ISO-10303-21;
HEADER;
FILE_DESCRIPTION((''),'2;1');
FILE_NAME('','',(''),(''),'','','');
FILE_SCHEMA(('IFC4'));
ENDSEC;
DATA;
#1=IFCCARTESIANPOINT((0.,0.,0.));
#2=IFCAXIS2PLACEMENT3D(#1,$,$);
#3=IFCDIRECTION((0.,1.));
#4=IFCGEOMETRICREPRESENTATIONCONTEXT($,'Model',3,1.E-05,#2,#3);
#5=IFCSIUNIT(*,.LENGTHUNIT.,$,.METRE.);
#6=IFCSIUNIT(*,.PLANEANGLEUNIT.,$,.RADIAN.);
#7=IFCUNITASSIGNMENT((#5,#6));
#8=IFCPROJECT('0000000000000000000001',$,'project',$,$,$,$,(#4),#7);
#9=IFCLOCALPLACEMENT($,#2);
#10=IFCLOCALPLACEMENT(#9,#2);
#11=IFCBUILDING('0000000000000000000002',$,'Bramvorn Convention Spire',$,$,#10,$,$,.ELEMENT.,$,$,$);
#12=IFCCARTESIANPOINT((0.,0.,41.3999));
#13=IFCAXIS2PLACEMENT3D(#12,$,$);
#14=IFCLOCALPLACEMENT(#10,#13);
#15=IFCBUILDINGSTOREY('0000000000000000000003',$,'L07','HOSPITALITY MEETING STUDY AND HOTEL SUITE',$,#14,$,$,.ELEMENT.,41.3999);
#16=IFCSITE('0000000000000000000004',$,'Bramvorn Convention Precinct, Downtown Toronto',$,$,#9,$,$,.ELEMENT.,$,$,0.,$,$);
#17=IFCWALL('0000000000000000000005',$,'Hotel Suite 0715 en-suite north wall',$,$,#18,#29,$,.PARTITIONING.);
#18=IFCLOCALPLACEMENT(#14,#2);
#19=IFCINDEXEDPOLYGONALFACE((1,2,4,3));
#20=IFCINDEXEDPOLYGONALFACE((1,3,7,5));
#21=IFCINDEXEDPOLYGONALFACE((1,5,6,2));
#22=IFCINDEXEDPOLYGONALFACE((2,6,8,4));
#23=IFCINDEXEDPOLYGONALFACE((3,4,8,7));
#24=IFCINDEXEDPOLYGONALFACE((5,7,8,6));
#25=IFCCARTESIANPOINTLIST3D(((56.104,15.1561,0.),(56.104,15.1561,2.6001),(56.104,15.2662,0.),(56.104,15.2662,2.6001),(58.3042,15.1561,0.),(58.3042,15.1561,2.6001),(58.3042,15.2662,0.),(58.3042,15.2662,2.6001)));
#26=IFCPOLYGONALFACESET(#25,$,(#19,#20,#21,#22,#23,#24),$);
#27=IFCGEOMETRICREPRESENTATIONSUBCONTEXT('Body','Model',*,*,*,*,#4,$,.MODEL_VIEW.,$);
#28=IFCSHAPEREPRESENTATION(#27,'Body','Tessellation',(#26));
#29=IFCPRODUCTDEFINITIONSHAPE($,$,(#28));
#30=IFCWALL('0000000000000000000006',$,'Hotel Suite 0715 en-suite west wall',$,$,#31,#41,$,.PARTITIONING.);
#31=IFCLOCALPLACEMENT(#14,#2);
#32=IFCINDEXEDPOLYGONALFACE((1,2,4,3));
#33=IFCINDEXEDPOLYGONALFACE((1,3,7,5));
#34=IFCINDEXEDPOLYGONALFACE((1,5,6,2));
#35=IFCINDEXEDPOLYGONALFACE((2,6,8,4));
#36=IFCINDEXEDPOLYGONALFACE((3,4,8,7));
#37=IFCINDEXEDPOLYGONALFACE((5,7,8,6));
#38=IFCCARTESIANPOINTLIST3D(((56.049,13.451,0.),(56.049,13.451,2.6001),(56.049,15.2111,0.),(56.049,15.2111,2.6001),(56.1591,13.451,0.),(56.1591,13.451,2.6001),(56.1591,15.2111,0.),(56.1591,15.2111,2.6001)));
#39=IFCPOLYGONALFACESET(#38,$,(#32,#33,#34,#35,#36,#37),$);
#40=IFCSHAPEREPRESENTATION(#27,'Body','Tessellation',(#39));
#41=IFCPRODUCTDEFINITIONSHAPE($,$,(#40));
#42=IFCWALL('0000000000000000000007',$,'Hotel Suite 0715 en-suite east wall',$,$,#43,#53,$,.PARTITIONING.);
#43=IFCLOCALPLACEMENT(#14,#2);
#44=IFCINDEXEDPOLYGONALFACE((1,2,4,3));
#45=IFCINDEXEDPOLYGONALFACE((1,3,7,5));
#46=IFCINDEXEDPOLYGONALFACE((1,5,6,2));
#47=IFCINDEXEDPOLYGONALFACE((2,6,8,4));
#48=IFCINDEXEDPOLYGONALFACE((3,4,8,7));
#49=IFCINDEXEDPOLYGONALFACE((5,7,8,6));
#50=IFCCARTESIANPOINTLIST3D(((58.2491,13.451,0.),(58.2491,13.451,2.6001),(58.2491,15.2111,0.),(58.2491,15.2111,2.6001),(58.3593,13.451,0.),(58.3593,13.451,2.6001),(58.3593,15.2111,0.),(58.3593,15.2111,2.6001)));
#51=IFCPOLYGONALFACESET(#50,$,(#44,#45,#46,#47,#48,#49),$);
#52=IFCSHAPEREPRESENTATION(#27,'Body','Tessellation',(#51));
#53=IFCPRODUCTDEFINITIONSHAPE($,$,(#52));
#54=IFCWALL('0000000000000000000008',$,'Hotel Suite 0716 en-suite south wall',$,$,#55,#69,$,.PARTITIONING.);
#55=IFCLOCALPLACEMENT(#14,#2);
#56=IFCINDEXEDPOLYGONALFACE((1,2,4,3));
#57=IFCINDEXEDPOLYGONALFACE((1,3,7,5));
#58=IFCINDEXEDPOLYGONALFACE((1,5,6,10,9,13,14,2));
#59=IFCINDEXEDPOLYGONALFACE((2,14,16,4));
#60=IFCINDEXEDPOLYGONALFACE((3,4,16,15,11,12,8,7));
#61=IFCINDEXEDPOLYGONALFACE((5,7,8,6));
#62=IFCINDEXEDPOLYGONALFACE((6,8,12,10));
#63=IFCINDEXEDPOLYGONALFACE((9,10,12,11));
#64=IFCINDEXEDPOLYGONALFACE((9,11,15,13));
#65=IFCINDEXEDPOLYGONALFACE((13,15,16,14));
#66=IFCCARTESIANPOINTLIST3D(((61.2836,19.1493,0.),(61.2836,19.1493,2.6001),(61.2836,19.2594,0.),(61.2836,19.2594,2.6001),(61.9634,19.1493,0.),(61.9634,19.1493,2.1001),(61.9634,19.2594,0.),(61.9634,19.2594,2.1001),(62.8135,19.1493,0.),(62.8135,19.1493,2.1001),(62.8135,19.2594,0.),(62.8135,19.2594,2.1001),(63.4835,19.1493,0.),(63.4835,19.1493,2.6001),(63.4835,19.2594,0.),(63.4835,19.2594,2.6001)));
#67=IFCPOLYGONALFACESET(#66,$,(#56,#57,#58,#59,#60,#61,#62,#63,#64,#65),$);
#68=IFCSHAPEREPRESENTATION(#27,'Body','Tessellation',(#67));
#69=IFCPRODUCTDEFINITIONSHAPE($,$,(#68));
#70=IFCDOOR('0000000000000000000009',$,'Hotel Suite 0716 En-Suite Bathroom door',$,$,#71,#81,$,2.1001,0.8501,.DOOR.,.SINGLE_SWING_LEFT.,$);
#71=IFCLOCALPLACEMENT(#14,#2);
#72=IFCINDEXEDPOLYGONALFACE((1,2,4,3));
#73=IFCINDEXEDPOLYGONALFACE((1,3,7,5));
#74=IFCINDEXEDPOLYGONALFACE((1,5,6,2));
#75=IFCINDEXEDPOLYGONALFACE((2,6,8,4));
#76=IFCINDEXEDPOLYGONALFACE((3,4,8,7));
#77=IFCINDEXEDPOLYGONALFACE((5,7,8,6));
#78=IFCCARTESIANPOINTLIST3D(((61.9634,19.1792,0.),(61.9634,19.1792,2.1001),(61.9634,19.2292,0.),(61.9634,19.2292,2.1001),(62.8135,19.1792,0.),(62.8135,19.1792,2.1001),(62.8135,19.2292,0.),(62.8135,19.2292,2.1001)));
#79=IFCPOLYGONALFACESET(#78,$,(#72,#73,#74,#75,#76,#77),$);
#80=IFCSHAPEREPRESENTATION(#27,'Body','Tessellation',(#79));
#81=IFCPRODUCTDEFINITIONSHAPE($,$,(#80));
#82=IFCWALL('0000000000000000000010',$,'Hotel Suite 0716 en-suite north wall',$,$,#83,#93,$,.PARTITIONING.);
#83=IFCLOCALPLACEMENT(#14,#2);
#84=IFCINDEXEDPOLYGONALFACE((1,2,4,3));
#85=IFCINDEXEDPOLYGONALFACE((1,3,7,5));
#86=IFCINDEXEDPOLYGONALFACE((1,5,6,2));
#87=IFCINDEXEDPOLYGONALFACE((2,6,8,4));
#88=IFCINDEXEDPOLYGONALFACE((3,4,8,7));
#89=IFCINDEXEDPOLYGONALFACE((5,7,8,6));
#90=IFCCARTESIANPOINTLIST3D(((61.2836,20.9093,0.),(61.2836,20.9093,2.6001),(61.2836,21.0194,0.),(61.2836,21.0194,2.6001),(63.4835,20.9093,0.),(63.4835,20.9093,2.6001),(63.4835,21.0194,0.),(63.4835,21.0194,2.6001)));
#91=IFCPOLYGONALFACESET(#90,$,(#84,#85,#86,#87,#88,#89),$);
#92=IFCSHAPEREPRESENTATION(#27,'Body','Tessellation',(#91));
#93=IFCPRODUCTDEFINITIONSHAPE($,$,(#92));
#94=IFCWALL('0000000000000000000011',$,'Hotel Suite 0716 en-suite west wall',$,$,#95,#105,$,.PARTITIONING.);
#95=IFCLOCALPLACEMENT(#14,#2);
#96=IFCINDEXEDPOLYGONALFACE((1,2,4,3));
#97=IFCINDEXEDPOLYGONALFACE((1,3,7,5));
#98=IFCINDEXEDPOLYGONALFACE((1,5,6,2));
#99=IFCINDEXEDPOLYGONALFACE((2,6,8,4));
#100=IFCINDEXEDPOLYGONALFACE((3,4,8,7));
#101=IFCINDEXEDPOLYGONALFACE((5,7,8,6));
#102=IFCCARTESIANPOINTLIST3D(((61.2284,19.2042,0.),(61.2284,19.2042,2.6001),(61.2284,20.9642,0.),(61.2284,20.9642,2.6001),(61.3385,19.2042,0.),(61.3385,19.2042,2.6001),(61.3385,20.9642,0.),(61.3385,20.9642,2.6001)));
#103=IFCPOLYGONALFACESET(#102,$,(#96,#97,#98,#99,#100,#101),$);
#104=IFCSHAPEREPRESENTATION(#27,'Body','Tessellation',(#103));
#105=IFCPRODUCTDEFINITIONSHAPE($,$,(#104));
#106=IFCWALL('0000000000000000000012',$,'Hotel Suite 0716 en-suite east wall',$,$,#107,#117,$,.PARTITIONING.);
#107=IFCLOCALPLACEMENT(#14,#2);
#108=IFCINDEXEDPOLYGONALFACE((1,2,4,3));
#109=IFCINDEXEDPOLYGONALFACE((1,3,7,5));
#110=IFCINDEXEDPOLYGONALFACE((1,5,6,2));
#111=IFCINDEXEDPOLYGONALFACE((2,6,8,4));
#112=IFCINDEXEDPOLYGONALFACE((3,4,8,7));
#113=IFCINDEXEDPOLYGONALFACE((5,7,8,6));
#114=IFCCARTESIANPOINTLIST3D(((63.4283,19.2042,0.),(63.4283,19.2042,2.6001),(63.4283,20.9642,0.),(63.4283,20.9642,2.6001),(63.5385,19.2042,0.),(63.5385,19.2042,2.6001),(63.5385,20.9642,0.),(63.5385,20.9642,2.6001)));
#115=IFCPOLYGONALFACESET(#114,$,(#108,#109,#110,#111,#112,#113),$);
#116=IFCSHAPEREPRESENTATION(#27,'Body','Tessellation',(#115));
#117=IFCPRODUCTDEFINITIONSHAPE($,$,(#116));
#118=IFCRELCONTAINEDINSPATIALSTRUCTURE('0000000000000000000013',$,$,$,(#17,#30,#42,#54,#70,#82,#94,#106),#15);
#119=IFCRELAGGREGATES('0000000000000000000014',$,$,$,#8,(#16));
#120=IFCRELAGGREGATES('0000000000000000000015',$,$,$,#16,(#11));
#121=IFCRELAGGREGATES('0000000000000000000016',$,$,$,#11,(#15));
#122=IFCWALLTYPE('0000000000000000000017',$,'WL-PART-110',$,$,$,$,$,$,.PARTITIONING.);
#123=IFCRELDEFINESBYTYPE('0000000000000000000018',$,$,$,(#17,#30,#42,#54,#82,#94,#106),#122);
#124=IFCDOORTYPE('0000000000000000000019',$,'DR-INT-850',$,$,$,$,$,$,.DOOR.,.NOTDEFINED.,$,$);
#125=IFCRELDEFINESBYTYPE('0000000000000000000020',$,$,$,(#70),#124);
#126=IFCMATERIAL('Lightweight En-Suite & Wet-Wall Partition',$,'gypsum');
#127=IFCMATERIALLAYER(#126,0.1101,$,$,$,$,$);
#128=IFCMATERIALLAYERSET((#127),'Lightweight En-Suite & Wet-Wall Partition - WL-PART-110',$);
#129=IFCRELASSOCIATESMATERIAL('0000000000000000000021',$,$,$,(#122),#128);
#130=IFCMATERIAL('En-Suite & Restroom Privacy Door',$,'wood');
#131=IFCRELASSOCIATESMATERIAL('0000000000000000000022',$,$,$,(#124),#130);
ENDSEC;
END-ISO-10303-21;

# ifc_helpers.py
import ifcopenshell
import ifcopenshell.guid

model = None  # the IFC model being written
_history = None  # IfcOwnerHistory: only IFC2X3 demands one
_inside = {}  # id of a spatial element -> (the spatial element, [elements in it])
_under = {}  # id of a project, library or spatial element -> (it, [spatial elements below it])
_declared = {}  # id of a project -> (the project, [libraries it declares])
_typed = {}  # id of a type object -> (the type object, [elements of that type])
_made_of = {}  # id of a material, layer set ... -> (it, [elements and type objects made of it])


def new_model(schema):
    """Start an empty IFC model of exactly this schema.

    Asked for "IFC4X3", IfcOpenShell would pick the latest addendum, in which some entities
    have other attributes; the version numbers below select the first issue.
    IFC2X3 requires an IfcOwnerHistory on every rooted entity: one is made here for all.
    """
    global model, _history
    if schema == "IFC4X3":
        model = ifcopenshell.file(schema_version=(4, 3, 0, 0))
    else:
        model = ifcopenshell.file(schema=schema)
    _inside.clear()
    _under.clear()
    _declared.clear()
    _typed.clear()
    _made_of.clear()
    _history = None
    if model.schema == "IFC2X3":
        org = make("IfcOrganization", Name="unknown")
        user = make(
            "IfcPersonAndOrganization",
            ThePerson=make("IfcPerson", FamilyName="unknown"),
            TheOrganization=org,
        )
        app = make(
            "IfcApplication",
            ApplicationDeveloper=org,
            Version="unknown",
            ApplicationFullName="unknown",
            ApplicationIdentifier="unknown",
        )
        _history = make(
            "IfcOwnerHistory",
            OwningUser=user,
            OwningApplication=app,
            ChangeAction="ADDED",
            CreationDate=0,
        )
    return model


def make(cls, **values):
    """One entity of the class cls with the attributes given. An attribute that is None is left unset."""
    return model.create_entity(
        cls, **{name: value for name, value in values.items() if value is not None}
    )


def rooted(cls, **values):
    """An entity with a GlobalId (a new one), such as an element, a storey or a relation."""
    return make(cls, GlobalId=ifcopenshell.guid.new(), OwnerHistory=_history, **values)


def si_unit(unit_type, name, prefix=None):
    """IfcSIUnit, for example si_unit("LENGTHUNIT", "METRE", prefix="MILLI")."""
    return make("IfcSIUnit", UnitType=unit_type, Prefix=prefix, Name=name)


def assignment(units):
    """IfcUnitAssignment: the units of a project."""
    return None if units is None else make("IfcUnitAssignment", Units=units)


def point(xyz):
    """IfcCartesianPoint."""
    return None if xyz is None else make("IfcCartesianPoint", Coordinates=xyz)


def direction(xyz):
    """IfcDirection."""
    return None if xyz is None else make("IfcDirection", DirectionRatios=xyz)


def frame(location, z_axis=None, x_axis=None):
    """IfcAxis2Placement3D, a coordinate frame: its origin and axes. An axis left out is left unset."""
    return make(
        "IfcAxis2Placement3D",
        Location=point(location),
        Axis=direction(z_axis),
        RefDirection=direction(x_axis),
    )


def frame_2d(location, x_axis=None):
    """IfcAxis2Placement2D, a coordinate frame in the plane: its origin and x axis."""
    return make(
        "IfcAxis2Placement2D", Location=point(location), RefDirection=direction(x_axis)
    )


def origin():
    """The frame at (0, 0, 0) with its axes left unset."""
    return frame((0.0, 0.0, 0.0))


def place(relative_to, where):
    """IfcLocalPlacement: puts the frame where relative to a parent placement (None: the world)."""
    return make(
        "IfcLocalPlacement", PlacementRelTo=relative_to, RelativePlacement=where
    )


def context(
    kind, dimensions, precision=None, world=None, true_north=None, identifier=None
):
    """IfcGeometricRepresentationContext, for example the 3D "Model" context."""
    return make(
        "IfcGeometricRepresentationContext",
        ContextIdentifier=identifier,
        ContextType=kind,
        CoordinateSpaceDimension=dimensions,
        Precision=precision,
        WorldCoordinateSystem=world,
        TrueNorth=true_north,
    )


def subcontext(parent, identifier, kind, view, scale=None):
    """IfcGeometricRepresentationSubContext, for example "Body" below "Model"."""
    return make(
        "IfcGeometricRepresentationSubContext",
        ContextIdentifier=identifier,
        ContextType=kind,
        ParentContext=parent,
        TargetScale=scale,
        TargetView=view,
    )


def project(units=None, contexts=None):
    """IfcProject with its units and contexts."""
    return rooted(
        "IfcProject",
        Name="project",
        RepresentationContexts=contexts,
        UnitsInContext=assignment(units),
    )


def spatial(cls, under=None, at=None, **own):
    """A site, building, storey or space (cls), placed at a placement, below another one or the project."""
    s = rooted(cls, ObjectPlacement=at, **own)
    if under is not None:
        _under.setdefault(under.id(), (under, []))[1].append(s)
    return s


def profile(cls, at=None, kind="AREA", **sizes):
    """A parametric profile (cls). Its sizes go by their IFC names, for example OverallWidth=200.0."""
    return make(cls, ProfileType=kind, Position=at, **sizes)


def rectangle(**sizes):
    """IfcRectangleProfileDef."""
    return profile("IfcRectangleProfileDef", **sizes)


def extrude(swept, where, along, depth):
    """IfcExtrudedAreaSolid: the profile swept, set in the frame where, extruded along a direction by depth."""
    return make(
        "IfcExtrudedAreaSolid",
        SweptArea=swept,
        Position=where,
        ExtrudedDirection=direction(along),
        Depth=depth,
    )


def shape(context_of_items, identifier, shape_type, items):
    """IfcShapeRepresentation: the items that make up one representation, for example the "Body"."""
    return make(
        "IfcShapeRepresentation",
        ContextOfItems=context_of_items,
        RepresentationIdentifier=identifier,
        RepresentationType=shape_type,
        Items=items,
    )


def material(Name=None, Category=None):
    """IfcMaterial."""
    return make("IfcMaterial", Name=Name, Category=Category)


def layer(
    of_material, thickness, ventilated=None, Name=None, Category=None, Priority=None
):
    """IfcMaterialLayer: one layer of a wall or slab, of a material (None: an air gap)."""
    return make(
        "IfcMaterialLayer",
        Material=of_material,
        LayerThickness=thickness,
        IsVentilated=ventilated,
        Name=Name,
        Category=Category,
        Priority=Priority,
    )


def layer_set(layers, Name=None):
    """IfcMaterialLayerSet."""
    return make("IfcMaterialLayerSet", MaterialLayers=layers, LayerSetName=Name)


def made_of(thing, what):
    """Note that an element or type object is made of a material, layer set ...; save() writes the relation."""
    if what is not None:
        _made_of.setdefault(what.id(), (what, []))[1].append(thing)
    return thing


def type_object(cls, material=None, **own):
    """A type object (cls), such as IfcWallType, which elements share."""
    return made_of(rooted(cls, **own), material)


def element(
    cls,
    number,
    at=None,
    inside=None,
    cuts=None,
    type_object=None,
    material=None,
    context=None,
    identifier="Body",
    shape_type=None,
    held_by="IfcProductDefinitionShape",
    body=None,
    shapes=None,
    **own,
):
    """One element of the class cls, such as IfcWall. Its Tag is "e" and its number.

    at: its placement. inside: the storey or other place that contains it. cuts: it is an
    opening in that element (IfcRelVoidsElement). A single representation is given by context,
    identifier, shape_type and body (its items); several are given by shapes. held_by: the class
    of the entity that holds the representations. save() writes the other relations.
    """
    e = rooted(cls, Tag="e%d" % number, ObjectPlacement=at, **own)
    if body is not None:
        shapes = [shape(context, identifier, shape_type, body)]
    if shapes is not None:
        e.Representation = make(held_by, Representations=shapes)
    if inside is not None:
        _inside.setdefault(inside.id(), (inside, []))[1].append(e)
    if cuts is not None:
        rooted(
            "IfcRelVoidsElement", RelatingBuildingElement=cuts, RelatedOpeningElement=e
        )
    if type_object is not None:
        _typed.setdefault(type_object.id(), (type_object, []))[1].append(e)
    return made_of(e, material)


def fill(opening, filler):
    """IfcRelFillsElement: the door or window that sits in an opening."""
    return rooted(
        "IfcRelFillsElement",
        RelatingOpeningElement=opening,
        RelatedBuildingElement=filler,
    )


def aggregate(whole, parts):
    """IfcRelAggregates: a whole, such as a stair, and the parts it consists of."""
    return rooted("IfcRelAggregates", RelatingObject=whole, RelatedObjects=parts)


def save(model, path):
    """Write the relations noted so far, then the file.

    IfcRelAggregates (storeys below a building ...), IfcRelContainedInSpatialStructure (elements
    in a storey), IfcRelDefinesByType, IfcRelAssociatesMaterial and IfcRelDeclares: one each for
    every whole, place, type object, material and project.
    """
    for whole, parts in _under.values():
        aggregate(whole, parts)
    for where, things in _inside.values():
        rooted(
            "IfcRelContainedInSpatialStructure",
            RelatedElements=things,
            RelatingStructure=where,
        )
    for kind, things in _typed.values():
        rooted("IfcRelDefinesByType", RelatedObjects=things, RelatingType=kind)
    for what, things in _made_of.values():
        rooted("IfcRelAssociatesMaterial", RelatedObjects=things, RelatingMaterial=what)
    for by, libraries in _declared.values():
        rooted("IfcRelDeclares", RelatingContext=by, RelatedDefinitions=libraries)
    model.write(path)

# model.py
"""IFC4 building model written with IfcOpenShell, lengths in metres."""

from ifc_helpers import new_model, si_unit, direction, frame, frame_2d, origin, place, context, subcontext, project, spatial, rectangle, extrude, material, layer, layer_set, type_object, element, fill, save


model = new_model("IFC4")

# Units and contexts
model_context = context("Model", 3, precision=1e-05, world=origin(), true_north=direction((0.0, 1.0)))
body_context = subcontext(model_context, "Body", "Model", "MODEL_VIEW")
ifc_project = project(units=[si_unit("LENGTHUNIT", "METRE"), si_unit("PLANEANGLEUNIT", "RADIAN")], contexts=[model_context])

# Site, building, storey
site_placement = place(None, origin())
site = spatial("IfcSite", under=ifc_project, at=site_placement, Name="Bramvorn Convention Precinct, Downtown Toronto", CompositionType="ELEMENT", RefElevation=0.0)
building_placement = place(site_placement, origin())
building = spatial("IfcBuilding", under=site, at=building_placement, Name="Bramvorn Convention Spire", CompositionType="ELEMENT")
storey_placement = place(building_placement, frame((0.0, 0.0, 41.3999)))
storey = spatial("IfcBuildingStorey", under=building, at=storey_placement, Name="L07", Description="HOSPITALITY MEETING STUDY AND HOTEL SUITE", CompositionType="ELEMENT", Elevation=41.3999)

# Shared definitions
ifc_material_1 = material(Name="Lightweight En-Suite & Wet-Wall Partition", Category="gypsum")
ifc_layer_1 = layer(ifc_material_1, 0.1101)
ifc_layer_set_1 = layer_set([ifc_layer_1], Name="Lightweight En-Suite & Wet-Wall Partition - WL-PART-110")
wall_type_1 = type_object("IfcWallType", Name="WL-PART-110", PredefinedType="PARTITIONING", material=ifc_layer_set_1)
ifc_material_2 = material(Name="En-Suite & Restroom Privacy Door", Category="wood")
door_type = type_object("IfcDoorType", Name="DR-INT-850", OperationType="NOTDEFINED", PredefinedType="DOOR", material=ifc_material_2)

# Walls
wall_1_placement = place(storey_placement, frame((56.104, 15.2112, 0.0), z_axis=(0.0, 0.0, 1.0), x_axis=(1.0, 0.0, 0.0)))
element("IfcWall", 1, at=wall_1_placement, inside=storey, type_object=wall_type_1, Name="Hotel Suite 0715 en-suite north wall", PredefinedType="PARTITIONING", context=body_context, shape_type="SweptSolid", body=[
    extrude(rectangle(XDim=2.2002, YDim=0.1101, at=frame_2d((1.1001, 0.0))), origin(), (0.0, 0.0, 1.0), 2.6001),
])
for number, where, z_axis, x_axis, name in (
    (2, (56.104, 13.4512, 0.0), (0.0, 0.0, 1.0), (0.0, 1.0, 0.0), "Hotel Suite 0715 en-suite west wall"),
    (3, (58.3042, 13.4512, 0.0), (0.0, 0.0, 1.0), (0.0, 1.0, 0.0), "Hotel Suite 0715 en-suite east wall"),
):
    element("IfcWall", number, at=place(storey_placement, frame(where, z_axis=z_axis, x_axis=x_axis)), inside=storey, type_object=wall_type_1, Name=name, PredefinedType="PARTITIONING", context=body_context, shape_type="SweptSolid", body=[
        extrude(rectangle(XDim=1.76, YDim=0.1101, at=frame_2d((0.8799, 0.0))), origin(), (0.0, 0.0, 1.0), 2.6001),
    ])

# Wall, opening, door
wall_2_placement = place(storey_placement, frame((61.2834, 19.2043, 0.0), z_axis=(0.0, 0.0, 1.0), x_axis=(1.0, 0.0, 0.0)))
wall_2 = element("IfcWall", 4, at=wall_2_placement, inside=storey, type_object=wall_type_1, Name="Hotel Suite 0716 en-suite south wall", PredefinedType="PARTITIONING", context=body_context, shape_type="SweptSolid", body=[
    extrude(rectangle(XDim=2.2, YDim=0.1101, at=frame_2d((1.1001, 0.0))), origin(), (0.0, 0.0, 1.0), 2.6001),
])
opening_1_placement = place(wall_2_placement, frame((0.6799, 0.0, 0.0)))
opening_1 = element("IfcOpeningElement", 5, at=opening_1_placement, cuts=wall_2, PredefinedType="OPENING", context=body_context, shape_type="SweptSolid", body=[
    extrude(rectangle(XDim=0.8501, YDim=2.1001, at=frame_2d((0.425, 1.05))), frame((0.0, 0.0649, 0.0), z_axis=(0.0, -1.0, 0.0), x_axis=(1.0, 0.0, 0.0)), (0.0, 0.0, 1.0), 0.1301),
])
door_1_placement = place(opening_1_placement, origin())
door_1 = element("IfcDoor", 6, at=door_1_placement, inside=storey, type_object=door_type, Name="Hotel Suite 0716 En-Suite Bathroom door", OperationType="SINGLE_SWING_LEFT", OverallHeight=2.1001, OverallWidth=0.8501, PredefinedType="DOOR", context=body_context, shape_type="SweptSolid", body=[
    extrude(rectangle(XDim=0.8501, YDim=2.1001, at=frame_2d((0.425, 1.05))), frame((0.0, 0.0249, 0.0), z_axis=(0.0, -1.0, 0.0), x_axis=(1.0, 0.0, 0.0)), (0.0, 0.0, 1.0), 0.05),
])
fill(opening_1, door_1)

# Walls
wall_3_placement = place(storey_placement, frame((61.2834, 20.9644, 0.0), z_axis=(0.0, 0.0, 1.0), x_axis=(1.0, 0.0, 0.0)))
element("IfcWall", 7, at=wall_3_placement, inside=storey, type_object=wall_type_1, Name="Hotel Suite 0716 en-suite north wall", PredefinedType="PARTITIONING", context=body_context, shape_type="SweptSolid", body=[
    extrude(rectangle(XDim=2.2, YDim=0.1101, at=frame_2d((1.1001, 0.0))), origin(), (0.0, 0.0, 1.0), 2.6001),
])
for number, where, z_axis, x_axis, name in (
    (8, (61.2834, 19.2043, 0.0), (0.0, 0.0, 1.0), (0.0, 1.0, 0.0), "Hotel Suite 0716 en-suite west wall"),
    (9, (63.4834, 19.2043, 0.0), (0.0, 0.0, 1.0), (0.0, 1.0, 0.0), "Hotel Suite 0716 en-suite east wall"),
):
    element("IfcWall", number, at=place(storey_placement, frame(where, z_axis=z_axis, x_axis=x_axis)), inside=storey, type_object=wall_type_1, Name=name, PredefinedType="PARTITIONING", context=body_context, shape_type="SweptSolid", body=[
        extrude(rectangle(XDim=1.76, YDim=0.1101, at=frame_2d((0.8799, 0.0))), origin(), (0.0, 0.0, 1.0), 2.6001),
    ])

save(model, "model.ifc")
